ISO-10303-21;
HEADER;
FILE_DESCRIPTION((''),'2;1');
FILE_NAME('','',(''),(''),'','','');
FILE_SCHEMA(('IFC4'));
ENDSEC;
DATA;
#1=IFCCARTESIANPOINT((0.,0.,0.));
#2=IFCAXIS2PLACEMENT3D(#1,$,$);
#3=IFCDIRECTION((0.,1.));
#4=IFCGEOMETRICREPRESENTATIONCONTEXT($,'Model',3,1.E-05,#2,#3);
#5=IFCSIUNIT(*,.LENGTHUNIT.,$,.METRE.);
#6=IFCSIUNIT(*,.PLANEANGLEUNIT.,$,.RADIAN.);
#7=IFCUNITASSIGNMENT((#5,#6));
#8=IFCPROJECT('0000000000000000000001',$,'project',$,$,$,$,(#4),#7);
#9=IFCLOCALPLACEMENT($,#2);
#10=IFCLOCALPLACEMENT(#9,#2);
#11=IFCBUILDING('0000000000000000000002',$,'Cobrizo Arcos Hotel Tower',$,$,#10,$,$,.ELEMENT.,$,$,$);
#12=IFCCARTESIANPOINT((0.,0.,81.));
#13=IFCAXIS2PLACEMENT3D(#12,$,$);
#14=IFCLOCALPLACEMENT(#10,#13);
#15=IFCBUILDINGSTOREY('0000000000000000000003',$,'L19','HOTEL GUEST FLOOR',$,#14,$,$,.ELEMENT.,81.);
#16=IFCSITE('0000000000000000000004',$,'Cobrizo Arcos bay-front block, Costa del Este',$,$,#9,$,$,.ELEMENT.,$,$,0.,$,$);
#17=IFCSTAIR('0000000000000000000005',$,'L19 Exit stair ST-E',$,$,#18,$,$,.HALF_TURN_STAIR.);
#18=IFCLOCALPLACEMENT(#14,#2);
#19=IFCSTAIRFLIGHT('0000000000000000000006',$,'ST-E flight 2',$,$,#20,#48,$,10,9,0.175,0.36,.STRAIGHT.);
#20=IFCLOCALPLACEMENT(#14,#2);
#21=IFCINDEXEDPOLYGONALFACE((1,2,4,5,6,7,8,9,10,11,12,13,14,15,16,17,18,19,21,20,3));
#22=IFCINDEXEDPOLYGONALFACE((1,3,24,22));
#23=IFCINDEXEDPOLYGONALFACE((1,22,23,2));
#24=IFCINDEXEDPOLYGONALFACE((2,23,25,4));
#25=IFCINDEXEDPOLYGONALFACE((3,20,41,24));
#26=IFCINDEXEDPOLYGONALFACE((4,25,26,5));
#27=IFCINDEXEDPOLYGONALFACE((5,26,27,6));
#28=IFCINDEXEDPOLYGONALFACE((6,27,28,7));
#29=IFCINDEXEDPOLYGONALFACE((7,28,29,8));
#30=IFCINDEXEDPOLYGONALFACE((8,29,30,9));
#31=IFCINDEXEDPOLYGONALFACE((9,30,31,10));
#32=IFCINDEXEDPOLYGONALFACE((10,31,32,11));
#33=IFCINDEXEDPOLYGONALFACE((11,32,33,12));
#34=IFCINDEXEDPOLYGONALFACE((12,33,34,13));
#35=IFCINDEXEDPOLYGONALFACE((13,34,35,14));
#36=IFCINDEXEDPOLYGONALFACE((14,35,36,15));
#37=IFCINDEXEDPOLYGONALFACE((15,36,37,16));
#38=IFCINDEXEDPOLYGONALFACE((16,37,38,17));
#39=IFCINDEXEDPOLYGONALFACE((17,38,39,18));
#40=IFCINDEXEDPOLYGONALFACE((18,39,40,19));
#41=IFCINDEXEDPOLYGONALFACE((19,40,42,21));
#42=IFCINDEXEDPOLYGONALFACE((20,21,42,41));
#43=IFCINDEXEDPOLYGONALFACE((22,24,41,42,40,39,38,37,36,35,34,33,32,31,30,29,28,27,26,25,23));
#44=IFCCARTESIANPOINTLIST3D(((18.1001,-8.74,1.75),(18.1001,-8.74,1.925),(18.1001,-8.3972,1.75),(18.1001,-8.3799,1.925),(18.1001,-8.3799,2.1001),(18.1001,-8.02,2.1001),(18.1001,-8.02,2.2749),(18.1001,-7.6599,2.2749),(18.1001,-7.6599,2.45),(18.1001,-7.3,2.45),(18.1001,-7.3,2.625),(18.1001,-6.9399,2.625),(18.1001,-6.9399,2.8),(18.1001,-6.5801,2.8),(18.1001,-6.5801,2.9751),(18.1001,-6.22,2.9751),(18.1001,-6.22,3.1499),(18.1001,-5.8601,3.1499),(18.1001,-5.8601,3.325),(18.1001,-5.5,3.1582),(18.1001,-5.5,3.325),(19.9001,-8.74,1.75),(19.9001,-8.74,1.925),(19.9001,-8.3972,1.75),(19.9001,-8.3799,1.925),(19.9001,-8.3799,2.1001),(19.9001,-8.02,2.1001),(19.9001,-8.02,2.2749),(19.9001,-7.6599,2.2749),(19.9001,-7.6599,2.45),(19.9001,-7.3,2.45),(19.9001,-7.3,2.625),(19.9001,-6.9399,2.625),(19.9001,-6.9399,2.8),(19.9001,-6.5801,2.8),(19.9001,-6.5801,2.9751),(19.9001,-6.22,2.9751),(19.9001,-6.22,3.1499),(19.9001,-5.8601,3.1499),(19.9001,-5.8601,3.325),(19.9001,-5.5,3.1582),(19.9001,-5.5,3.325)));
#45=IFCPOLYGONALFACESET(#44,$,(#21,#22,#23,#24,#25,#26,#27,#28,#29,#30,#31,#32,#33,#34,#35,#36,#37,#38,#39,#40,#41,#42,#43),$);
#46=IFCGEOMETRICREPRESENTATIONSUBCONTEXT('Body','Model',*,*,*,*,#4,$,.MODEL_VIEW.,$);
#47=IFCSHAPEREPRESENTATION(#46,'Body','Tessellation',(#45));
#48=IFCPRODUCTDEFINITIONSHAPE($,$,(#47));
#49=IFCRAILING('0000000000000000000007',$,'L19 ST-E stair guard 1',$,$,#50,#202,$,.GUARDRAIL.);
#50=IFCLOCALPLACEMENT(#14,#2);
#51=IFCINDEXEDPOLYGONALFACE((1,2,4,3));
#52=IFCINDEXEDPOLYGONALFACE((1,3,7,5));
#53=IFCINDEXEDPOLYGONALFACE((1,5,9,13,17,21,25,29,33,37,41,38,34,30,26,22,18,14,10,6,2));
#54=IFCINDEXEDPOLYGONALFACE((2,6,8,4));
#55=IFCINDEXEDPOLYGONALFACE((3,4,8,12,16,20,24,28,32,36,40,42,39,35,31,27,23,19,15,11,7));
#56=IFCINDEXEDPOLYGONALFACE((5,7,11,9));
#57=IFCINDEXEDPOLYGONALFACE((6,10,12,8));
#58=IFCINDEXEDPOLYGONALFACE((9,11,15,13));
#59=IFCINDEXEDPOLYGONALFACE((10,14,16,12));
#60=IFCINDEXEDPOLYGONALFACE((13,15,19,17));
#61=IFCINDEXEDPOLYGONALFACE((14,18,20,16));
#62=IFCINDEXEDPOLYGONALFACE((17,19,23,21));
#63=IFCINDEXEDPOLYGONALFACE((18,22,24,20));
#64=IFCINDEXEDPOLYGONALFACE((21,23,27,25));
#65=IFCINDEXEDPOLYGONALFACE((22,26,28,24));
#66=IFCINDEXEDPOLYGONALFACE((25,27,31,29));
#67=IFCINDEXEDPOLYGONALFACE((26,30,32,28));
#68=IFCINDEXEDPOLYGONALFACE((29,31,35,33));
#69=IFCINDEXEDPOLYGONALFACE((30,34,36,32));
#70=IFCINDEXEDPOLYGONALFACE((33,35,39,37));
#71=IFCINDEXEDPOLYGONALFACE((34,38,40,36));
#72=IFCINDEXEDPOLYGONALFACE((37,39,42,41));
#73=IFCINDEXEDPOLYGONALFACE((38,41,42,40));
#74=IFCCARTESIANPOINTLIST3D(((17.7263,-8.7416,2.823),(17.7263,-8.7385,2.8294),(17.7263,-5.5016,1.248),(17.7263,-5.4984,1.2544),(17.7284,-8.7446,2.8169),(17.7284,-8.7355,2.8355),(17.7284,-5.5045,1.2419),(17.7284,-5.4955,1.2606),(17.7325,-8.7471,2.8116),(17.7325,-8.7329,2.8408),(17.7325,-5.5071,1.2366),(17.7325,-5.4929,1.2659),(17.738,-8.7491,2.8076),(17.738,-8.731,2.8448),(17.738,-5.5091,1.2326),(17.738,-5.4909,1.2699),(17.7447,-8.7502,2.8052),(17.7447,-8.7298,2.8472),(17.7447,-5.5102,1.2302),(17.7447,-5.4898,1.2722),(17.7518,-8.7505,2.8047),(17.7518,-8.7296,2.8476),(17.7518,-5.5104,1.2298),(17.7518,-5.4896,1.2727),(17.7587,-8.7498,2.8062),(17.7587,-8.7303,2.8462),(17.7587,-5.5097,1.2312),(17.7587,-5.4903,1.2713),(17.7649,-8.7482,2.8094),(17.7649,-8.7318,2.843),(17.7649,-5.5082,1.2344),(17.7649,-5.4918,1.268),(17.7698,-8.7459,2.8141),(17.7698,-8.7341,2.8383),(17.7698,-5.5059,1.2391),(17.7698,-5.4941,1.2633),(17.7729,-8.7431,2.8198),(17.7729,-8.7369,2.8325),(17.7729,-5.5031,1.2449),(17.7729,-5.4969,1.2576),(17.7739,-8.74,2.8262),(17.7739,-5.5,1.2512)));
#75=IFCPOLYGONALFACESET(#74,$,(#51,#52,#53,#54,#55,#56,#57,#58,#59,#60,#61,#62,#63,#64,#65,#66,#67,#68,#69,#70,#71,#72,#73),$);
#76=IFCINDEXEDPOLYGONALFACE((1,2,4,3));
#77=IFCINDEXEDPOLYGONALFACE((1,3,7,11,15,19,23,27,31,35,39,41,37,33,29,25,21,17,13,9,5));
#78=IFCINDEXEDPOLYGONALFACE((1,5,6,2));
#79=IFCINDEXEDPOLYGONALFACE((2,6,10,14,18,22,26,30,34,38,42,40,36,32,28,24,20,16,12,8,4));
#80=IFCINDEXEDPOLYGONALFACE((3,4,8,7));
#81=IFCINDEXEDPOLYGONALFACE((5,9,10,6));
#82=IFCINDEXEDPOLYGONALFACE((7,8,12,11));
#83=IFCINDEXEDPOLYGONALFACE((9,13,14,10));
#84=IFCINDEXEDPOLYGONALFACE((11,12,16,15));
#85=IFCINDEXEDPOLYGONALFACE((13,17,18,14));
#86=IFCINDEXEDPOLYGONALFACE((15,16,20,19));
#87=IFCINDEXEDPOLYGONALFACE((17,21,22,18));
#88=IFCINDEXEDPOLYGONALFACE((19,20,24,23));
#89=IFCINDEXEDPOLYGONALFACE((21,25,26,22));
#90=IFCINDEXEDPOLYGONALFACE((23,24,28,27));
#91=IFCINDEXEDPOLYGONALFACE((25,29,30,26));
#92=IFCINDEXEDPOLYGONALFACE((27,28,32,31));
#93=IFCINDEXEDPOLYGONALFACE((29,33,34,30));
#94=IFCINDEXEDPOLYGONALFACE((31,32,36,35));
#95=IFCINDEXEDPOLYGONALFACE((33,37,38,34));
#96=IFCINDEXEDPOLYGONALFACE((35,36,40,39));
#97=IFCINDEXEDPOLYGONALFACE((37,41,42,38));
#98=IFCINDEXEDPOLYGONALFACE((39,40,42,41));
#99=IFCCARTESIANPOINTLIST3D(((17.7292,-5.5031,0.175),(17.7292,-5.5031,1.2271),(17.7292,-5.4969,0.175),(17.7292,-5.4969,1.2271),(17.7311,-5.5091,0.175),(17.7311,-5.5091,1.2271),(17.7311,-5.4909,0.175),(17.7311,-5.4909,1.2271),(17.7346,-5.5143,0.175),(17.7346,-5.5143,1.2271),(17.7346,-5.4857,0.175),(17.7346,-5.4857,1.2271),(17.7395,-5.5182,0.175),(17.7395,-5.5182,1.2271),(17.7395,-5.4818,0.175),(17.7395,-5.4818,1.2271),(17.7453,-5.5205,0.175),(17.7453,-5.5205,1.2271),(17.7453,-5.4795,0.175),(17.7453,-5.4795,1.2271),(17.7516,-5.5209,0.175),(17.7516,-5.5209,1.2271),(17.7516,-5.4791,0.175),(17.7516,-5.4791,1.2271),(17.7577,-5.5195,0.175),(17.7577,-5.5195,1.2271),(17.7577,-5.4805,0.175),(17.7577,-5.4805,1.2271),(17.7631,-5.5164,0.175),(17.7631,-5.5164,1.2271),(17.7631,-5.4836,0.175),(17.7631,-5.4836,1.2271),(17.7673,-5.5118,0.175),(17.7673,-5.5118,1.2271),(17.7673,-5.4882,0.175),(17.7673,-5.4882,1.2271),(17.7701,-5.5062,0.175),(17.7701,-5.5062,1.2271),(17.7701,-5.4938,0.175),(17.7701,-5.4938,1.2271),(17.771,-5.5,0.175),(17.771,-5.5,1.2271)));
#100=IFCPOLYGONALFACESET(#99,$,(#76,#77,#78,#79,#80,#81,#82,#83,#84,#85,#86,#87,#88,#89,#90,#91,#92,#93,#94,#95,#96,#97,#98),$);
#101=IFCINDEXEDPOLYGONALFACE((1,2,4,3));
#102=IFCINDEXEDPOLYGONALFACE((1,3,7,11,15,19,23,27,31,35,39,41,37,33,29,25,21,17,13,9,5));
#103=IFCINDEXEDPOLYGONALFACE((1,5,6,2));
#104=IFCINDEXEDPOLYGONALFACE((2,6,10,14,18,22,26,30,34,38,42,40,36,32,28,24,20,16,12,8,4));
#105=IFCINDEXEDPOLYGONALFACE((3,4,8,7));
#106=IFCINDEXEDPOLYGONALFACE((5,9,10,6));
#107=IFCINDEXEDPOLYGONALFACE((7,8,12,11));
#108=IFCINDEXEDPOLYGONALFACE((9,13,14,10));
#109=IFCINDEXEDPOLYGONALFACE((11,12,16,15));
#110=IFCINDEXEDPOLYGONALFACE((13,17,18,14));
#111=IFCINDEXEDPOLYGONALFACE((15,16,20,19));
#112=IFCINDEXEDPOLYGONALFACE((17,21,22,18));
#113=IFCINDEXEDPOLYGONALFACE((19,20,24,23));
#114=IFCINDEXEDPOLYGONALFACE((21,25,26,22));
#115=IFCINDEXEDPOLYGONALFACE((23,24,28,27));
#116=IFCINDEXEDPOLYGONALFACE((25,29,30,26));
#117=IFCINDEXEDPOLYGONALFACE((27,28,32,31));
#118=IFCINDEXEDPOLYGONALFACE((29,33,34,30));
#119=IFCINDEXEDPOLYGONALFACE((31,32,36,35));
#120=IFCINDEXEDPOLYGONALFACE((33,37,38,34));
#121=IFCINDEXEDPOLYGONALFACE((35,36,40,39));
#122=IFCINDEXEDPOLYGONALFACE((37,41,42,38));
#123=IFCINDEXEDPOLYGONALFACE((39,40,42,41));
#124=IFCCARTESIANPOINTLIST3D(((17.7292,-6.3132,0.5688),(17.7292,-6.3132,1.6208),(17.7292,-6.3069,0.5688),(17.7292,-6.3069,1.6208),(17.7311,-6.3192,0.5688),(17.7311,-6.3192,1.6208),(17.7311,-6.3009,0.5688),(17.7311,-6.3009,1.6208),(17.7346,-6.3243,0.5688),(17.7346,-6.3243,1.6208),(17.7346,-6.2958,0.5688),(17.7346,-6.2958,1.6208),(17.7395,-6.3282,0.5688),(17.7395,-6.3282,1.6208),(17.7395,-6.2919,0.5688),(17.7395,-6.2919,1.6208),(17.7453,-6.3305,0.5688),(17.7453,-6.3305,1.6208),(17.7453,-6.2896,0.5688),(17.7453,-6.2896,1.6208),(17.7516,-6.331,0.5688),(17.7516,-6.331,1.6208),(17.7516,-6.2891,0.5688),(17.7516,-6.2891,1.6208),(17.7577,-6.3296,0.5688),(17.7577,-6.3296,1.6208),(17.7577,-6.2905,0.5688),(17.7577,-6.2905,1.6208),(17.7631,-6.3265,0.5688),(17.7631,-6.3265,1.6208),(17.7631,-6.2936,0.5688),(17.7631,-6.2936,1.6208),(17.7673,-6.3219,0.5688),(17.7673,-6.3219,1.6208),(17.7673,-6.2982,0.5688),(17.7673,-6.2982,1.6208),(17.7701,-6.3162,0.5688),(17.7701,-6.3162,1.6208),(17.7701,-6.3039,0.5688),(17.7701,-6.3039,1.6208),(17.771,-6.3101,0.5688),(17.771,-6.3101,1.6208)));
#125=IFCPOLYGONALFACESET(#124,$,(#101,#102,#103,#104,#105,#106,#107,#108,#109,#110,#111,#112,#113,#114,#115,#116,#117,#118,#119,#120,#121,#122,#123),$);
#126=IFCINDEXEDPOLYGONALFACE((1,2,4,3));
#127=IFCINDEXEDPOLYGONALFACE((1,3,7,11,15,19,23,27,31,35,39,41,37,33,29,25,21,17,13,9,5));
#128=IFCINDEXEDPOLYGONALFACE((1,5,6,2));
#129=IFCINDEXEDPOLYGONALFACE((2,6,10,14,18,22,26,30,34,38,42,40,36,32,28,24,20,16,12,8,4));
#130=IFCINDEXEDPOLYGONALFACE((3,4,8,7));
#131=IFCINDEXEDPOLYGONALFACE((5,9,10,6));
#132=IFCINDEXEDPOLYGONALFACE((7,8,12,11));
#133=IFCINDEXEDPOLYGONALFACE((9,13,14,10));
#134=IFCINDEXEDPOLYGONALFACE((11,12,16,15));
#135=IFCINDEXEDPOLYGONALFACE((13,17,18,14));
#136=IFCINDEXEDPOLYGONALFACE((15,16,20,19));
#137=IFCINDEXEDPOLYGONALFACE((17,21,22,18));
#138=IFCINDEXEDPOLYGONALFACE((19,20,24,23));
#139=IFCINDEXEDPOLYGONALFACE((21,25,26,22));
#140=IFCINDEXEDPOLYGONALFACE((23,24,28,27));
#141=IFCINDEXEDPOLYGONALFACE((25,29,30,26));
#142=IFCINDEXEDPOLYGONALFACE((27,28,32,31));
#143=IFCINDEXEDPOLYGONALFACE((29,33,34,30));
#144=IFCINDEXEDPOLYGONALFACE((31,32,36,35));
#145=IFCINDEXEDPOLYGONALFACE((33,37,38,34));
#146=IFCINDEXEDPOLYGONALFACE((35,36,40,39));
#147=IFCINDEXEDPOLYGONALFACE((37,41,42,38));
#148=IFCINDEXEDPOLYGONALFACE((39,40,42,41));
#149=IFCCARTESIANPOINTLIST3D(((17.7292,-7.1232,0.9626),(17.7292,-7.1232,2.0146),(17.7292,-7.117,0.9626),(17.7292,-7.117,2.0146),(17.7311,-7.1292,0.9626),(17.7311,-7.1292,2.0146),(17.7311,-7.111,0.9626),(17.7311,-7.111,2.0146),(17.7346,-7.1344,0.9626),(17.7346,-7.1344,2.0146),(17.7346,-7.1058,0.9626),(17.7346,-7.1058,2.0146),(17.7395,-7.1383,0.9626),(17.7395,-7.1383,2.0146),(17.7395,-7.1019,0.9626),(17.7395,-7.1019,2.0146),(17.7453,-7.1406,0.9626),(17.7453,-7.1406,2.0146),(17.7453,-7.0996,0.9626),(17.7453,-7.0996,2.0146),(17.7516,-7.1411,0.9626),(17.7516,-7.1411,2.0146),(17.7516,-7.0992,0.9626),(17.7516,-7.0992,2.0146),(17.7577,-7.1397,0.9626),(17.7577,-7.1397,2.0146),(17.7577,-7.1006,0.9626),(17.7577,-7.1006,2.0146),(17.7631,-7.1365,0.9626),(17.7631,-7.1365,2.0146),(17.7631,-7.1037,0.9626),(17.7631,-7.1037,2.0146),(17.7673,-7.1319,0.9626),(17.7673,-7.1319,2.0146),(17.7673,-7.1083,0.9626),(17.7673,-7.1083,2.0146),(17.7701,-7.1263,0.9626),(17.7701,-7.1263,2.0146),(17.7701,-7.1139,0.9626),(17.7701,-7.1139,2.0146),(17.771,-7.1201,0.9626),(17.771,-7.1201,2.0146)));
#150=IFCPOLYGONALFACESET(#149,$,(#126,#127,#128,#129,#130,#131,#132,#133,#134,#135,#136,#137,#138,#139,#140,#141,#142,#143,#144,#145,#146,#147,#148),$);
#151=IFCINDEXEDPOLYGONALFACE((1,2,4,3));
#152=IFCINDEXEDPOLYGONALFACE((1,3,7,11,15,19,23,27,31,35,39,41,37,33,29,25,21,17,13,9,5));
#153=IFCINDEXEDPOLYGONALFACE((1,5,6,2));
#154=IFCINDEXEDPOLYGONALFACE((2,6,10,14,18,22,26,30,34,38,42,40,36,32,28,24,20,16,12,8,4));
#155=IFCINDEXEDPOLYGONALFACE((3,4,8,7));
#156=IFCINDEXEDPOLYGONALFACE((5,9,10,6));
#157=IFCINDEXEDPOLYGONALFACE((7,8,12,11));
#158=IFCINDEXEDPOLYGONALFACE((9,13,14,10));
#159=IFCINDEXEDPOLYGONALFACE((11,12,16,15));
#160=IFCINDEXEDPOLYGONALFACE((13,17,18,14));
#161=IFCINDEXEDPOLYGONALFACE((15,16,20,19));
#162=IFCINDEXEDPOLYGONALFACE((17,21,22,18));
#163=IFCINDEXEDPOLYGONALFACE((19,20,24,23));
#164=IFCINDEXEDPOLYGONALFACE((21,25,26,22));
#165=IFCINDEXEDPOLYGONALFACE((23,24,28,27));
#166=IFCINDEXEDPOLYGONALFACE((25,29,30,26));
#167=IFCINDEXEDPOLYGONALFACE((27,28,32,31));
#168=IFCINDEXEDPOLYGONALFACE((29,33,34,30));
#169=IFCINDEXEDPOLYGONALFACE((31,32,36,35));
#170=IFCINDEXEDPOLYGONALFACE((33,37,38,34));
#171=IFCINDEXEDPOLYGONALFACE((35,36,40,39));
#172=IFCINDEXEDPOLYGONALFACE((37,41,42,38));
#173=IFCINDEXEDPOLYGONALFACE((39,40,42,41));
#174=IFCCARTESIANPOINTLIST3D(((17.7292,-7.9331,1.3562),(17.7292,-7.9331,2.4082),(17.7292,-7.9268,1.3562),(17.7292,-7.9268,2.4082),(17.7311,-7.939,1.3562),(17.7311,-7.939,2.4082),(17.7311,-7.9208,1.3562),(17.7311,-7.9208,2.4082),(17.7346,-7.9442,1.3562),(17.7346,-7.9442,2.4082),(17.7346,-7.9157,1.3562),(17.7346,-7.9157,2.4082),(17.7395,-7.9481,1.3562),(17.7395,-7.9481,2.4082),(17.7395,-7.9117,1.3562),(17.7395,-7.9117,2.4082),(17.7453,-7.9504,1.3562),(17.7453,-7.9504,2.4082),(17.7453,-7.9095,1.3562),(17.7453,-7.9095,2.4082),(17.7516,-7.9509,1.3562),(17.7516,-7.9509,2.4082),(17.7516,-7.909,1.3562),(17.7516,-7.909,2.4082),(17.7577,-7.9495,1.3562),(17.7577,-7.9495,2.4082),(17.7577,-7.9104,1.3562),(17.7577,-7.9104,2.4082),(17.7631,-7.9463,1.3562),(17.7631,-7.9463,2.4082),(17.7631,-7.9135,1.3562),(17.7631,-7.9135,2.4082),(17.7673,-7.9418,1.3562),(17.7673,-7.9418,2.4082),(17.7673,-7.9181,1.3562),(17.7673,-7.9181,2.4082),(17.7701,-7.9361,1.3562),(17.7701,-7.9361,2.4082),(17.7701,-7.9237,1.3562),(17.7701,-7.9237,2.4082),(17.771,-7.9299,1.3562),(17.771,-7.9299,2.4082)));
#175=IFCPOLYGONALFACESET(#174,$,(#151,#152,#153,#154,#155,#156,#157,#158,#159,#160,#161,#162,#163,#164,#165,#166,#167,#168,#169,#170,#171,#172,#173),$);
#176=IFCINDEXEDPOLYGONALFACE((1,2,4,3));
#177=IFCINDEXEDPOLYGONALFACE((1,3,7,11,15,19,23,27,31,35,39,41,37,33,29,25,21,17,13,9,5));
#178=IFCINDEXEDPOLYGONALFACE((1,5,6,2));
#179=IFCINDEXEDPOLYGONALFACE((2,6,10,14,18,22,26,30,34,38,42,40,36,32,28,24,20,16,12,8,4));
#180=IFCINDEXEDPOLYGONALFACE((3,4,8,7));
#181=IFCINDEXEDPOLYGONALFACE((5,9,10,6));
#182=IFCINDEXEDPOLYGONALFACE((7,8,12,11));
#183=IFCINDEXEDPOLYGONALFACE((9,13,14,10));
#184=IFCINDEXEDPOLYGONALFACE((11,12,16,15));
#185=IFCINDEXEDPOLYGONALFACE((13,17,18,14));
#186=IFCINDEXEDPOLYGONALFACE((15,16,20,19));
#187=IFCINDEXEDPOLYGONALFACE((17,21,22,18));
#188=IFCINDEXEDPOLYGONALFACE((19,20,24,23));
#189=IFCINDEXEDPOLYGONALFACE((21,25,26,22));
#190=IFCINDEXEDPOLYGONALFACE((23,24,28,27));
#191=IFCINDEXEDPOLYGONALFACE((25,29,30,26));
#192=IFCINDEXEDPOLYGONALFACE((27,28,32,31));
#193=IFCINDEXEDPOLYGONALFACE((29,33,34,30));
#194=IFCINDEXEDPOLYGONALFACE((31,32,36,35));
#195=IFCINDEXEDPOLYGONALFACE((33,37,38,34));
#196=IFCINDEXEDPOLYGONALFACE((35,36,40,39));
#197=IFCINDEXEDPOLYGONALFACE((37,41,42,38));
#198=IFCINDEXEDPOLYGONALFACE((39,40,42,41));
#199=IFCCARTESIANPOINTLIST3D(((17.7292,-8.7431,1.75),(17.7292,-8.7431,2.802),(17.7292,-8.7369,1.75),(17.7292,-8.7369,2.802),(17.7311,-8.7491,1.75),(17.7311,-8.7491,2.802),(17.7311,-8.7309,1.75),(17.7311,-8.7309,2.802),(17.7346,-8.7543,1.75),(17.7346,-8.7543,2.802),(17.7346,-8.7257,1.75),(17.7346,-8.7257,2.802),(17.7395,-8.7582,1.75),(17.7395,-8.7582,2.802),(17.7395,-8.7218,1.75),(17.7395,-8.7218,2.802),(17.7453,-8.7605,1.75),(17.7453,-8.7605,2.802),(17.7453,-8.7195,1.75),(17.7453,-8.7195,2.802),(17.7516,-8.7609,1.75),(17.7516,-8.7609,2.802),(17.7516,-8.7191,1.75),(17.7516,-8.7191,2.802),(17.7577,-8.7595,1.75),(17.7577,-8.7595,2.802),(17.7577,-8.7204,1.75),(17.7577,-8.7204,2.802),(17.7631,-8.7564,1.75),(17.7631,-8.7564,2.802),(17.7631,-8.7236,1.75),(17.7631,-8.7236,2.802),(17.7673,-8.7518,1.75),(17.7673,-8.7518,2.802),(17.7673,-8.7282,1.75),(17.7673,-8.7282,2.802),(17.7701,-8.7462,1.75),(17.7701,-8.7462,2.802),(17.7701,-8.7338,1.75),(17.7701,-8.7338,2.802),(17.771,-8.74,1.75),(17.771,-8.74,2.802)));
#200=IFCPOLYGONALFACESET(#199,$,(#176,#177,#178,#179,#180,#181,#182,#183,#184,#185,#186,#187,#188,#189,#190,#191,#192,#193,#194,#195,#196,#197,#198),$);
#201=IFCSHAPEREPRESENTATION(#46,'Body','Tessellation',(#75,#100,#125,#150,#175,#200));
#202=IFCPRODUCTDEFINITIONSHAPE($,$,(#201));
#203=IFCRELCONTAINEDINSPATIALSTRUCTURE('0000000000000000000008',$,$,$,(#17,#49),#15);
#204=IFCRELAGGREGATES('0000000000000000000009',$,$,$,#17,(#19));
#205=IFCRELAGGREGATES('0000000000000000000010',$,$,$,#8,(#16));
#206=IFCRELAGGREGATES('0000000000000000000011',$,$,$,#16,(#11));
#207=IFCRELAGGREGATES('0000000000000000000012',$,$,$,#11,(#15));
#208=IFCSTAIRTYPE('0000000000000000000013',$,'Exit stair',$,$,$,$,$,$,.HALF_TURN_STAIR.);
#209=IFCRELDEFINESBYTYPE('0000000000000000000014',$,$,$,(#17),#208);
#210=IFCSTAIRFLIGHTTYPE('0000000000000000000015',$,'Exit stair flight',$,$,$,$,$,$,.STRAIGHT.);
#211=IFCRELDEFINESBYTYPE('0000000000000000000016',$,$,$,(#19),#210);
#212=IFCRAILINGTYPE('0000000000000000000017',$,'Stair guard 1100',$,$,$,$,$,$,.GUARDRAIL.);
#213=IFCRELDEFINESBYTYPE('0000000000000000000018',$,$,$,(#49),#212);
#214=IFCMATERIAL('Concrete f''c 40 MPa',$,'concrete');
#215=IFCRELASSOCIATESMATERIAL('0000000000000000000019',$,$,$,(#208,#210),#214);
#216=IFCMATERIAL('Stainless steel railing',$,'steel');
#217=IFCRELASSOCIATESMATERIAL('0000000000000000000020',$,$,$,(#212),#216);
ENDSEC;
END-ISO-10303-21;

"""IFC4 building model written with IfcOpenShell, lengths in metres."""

from ifc_helpers import new_model, si_unit, direction, frame, origin, origin_2d, place, context, subcontext, project, spatial, polyline, circle, outline, extrude, material, type_object, element, aggregate, save


model = new_model("IFC4")

# Units and contexts
model_context = context("Model", 3, precision=1e-05, world=origin(), true_north=direction((0.0, 1.0)))
body_context = subcontext(model_context, "Body", "Model", "MODEL_VIEW")
ifc_project = project(units=[si_unit("LENGTHUNIT", "METRE"), si_unit("PLANEANGLEUNIT", "RADIAN")], contexts=[model_context])

# Site, building, storey
site_placement = place(None, origin())
site = spatial("IfcSite", under=ifc_project, at=site_placement, Name="Cobrizo Arcos bay-front block, Costa del Este", CompositionType="ELEMENT", RefElevation=0.0)
building_placement = place(site_placement, origin())
building = spatial("IfcBuilding", under=site, at=building_placement, Name="Cobrizo Arcos Hotel Tower", CompositionType="ELEMENT")
storey_placement = place(building_placement, frame((0.0, 0.0, 81.0)))
storey = spatial("IfcBuildingStorey", under=building, at=storey_placement, Name="L19", Description="HOTEL GUEST FLOOR", CompositionType="ELEMENT", Elevation=81.0)

# Stair, stair flight
ifc_material_1 = material(Name="Concrete f'c 40 MPa", Category="concrete")
stair_type = type_object("IfcStairType", Name="Exit stair", PredefinedType="HALF_TURN_STAIR", material=ifc_material_1)
stair_placement = place(storey_placement, origin())
stair = element("IfcStair", 1, at=stair_placement, inside=storey, type_object=stair_type, Name="L19 Exit stair ST-E", PredefinedType="HALF_TURN_STAIR")
stair_flight_type = type_object("IfcStairFlightType", Name="Exit stair flight", PredefinedType="STRAIGHT", material=ifc_material_1)
stair_flight_1_placement = place(storey_placement, frame((19.0, -8.74, 1.75), z_axis=(0.0, 0.0, 1.0), x_axis=(0.0, 1.0, 0.0)))
stair_flight_1 = element("IfcStairFlight", 2, at=stair_flight_1_placement, type_object=stair_flight_type, Name="ST-E flight 2", NumberOfRisers=10, NumberOfTreads=9, PredefinedType="STRAIGHT", RiserHeight=0.175, TreadLength=0.36, context=body_context, shape_type="SweptSolid", body=[
    extrude(outline(polyline([(0.0, 0.0), (0.0, 0.175), (0.3601, 0.175), (0.3601, 0.3501), (0.72, 0.3501), (0.72, 0.5249), (1.0801, 0.5249), (1.0801, 0.7), (1.4399, 0.7), (1.4399, 0.875), (1.8, 0.875), (1.8, 1.05), (2.1599, 1.05), (2.1599, 1.2251), (2.52, 1.2251), (2.52, 1.3999), (2.8799, 1.3999), (2.8799, 1.575), (3.24, 1.575), (3.24, 1.75), (3.24, 1.4082), (0.3428, 0.0), (0.0, 0.0)])), frame((0.0, 0.8999, 0.0), z_axis=(0.0, -1.0, 0.0), x_axis=(1.0, 0.0, 0.0)), (0.0, 0.0, 1.0), 1.8),
])
aggregate(stair, [stair_flight_1])

# Railing
ifc_material_2 = material(Name="Stainless steel railing", Category="steel")
railing_type_1 = type_object("IfcRailingType", Name="Stair guard 1100", PredefinedType="GUARDRAIL", material=ifc_material_2)
railing_1_placement = place(storey_placement, frame((17.75, -5.5, 0.175)))
element("IfcRailing", 3, at=railing_1_placement, inside=storey, type_object=railing_type_1, Name="L19 ST-E stair guard 1", PredefinedType="GUARDRAIL", context=body_context, shape_type="SweptSolid", body=[
    extrude(circle(Radius=0.0239, at=origin_2d()), frame((0.0, 0.0, 1.0762), z_axis=(0.0, -0.899373, 0.437183), x_axis=(1.0, 0.0, 0.0)), (0.0, 0.0, 1.0), 3.6025),
    extrude(circle(Radius=0.021, at=origin_2d()), origin(), (0.0, 0.0, 1.0), 1.052),
    extrude(circle(Radius=0.021, at=origin_2d()), frame((0.0, -0.8101, 0.3938)), (0.0, 0.0, 1.0), 1.052),
    extrude(circle(Radius=0.021, at=origin_2d()), frame((0.0, -1.6201, 0.7876)), (0.0, 0.0, 1.0), 1.052),
    extrude(circle(Radius=0.021, at=origin_2d()), frame((0.0, -2.4299, 1.1812)), (0.0, 0.0, 1.0), 1.052),
    extrude(circle(Radius=0.021, at=origin_2d()), frame((0.0, -3.24, 1.575)), (0.0, 0.0, 1.0), 1.052),
])

save(model, "model.ifc")
